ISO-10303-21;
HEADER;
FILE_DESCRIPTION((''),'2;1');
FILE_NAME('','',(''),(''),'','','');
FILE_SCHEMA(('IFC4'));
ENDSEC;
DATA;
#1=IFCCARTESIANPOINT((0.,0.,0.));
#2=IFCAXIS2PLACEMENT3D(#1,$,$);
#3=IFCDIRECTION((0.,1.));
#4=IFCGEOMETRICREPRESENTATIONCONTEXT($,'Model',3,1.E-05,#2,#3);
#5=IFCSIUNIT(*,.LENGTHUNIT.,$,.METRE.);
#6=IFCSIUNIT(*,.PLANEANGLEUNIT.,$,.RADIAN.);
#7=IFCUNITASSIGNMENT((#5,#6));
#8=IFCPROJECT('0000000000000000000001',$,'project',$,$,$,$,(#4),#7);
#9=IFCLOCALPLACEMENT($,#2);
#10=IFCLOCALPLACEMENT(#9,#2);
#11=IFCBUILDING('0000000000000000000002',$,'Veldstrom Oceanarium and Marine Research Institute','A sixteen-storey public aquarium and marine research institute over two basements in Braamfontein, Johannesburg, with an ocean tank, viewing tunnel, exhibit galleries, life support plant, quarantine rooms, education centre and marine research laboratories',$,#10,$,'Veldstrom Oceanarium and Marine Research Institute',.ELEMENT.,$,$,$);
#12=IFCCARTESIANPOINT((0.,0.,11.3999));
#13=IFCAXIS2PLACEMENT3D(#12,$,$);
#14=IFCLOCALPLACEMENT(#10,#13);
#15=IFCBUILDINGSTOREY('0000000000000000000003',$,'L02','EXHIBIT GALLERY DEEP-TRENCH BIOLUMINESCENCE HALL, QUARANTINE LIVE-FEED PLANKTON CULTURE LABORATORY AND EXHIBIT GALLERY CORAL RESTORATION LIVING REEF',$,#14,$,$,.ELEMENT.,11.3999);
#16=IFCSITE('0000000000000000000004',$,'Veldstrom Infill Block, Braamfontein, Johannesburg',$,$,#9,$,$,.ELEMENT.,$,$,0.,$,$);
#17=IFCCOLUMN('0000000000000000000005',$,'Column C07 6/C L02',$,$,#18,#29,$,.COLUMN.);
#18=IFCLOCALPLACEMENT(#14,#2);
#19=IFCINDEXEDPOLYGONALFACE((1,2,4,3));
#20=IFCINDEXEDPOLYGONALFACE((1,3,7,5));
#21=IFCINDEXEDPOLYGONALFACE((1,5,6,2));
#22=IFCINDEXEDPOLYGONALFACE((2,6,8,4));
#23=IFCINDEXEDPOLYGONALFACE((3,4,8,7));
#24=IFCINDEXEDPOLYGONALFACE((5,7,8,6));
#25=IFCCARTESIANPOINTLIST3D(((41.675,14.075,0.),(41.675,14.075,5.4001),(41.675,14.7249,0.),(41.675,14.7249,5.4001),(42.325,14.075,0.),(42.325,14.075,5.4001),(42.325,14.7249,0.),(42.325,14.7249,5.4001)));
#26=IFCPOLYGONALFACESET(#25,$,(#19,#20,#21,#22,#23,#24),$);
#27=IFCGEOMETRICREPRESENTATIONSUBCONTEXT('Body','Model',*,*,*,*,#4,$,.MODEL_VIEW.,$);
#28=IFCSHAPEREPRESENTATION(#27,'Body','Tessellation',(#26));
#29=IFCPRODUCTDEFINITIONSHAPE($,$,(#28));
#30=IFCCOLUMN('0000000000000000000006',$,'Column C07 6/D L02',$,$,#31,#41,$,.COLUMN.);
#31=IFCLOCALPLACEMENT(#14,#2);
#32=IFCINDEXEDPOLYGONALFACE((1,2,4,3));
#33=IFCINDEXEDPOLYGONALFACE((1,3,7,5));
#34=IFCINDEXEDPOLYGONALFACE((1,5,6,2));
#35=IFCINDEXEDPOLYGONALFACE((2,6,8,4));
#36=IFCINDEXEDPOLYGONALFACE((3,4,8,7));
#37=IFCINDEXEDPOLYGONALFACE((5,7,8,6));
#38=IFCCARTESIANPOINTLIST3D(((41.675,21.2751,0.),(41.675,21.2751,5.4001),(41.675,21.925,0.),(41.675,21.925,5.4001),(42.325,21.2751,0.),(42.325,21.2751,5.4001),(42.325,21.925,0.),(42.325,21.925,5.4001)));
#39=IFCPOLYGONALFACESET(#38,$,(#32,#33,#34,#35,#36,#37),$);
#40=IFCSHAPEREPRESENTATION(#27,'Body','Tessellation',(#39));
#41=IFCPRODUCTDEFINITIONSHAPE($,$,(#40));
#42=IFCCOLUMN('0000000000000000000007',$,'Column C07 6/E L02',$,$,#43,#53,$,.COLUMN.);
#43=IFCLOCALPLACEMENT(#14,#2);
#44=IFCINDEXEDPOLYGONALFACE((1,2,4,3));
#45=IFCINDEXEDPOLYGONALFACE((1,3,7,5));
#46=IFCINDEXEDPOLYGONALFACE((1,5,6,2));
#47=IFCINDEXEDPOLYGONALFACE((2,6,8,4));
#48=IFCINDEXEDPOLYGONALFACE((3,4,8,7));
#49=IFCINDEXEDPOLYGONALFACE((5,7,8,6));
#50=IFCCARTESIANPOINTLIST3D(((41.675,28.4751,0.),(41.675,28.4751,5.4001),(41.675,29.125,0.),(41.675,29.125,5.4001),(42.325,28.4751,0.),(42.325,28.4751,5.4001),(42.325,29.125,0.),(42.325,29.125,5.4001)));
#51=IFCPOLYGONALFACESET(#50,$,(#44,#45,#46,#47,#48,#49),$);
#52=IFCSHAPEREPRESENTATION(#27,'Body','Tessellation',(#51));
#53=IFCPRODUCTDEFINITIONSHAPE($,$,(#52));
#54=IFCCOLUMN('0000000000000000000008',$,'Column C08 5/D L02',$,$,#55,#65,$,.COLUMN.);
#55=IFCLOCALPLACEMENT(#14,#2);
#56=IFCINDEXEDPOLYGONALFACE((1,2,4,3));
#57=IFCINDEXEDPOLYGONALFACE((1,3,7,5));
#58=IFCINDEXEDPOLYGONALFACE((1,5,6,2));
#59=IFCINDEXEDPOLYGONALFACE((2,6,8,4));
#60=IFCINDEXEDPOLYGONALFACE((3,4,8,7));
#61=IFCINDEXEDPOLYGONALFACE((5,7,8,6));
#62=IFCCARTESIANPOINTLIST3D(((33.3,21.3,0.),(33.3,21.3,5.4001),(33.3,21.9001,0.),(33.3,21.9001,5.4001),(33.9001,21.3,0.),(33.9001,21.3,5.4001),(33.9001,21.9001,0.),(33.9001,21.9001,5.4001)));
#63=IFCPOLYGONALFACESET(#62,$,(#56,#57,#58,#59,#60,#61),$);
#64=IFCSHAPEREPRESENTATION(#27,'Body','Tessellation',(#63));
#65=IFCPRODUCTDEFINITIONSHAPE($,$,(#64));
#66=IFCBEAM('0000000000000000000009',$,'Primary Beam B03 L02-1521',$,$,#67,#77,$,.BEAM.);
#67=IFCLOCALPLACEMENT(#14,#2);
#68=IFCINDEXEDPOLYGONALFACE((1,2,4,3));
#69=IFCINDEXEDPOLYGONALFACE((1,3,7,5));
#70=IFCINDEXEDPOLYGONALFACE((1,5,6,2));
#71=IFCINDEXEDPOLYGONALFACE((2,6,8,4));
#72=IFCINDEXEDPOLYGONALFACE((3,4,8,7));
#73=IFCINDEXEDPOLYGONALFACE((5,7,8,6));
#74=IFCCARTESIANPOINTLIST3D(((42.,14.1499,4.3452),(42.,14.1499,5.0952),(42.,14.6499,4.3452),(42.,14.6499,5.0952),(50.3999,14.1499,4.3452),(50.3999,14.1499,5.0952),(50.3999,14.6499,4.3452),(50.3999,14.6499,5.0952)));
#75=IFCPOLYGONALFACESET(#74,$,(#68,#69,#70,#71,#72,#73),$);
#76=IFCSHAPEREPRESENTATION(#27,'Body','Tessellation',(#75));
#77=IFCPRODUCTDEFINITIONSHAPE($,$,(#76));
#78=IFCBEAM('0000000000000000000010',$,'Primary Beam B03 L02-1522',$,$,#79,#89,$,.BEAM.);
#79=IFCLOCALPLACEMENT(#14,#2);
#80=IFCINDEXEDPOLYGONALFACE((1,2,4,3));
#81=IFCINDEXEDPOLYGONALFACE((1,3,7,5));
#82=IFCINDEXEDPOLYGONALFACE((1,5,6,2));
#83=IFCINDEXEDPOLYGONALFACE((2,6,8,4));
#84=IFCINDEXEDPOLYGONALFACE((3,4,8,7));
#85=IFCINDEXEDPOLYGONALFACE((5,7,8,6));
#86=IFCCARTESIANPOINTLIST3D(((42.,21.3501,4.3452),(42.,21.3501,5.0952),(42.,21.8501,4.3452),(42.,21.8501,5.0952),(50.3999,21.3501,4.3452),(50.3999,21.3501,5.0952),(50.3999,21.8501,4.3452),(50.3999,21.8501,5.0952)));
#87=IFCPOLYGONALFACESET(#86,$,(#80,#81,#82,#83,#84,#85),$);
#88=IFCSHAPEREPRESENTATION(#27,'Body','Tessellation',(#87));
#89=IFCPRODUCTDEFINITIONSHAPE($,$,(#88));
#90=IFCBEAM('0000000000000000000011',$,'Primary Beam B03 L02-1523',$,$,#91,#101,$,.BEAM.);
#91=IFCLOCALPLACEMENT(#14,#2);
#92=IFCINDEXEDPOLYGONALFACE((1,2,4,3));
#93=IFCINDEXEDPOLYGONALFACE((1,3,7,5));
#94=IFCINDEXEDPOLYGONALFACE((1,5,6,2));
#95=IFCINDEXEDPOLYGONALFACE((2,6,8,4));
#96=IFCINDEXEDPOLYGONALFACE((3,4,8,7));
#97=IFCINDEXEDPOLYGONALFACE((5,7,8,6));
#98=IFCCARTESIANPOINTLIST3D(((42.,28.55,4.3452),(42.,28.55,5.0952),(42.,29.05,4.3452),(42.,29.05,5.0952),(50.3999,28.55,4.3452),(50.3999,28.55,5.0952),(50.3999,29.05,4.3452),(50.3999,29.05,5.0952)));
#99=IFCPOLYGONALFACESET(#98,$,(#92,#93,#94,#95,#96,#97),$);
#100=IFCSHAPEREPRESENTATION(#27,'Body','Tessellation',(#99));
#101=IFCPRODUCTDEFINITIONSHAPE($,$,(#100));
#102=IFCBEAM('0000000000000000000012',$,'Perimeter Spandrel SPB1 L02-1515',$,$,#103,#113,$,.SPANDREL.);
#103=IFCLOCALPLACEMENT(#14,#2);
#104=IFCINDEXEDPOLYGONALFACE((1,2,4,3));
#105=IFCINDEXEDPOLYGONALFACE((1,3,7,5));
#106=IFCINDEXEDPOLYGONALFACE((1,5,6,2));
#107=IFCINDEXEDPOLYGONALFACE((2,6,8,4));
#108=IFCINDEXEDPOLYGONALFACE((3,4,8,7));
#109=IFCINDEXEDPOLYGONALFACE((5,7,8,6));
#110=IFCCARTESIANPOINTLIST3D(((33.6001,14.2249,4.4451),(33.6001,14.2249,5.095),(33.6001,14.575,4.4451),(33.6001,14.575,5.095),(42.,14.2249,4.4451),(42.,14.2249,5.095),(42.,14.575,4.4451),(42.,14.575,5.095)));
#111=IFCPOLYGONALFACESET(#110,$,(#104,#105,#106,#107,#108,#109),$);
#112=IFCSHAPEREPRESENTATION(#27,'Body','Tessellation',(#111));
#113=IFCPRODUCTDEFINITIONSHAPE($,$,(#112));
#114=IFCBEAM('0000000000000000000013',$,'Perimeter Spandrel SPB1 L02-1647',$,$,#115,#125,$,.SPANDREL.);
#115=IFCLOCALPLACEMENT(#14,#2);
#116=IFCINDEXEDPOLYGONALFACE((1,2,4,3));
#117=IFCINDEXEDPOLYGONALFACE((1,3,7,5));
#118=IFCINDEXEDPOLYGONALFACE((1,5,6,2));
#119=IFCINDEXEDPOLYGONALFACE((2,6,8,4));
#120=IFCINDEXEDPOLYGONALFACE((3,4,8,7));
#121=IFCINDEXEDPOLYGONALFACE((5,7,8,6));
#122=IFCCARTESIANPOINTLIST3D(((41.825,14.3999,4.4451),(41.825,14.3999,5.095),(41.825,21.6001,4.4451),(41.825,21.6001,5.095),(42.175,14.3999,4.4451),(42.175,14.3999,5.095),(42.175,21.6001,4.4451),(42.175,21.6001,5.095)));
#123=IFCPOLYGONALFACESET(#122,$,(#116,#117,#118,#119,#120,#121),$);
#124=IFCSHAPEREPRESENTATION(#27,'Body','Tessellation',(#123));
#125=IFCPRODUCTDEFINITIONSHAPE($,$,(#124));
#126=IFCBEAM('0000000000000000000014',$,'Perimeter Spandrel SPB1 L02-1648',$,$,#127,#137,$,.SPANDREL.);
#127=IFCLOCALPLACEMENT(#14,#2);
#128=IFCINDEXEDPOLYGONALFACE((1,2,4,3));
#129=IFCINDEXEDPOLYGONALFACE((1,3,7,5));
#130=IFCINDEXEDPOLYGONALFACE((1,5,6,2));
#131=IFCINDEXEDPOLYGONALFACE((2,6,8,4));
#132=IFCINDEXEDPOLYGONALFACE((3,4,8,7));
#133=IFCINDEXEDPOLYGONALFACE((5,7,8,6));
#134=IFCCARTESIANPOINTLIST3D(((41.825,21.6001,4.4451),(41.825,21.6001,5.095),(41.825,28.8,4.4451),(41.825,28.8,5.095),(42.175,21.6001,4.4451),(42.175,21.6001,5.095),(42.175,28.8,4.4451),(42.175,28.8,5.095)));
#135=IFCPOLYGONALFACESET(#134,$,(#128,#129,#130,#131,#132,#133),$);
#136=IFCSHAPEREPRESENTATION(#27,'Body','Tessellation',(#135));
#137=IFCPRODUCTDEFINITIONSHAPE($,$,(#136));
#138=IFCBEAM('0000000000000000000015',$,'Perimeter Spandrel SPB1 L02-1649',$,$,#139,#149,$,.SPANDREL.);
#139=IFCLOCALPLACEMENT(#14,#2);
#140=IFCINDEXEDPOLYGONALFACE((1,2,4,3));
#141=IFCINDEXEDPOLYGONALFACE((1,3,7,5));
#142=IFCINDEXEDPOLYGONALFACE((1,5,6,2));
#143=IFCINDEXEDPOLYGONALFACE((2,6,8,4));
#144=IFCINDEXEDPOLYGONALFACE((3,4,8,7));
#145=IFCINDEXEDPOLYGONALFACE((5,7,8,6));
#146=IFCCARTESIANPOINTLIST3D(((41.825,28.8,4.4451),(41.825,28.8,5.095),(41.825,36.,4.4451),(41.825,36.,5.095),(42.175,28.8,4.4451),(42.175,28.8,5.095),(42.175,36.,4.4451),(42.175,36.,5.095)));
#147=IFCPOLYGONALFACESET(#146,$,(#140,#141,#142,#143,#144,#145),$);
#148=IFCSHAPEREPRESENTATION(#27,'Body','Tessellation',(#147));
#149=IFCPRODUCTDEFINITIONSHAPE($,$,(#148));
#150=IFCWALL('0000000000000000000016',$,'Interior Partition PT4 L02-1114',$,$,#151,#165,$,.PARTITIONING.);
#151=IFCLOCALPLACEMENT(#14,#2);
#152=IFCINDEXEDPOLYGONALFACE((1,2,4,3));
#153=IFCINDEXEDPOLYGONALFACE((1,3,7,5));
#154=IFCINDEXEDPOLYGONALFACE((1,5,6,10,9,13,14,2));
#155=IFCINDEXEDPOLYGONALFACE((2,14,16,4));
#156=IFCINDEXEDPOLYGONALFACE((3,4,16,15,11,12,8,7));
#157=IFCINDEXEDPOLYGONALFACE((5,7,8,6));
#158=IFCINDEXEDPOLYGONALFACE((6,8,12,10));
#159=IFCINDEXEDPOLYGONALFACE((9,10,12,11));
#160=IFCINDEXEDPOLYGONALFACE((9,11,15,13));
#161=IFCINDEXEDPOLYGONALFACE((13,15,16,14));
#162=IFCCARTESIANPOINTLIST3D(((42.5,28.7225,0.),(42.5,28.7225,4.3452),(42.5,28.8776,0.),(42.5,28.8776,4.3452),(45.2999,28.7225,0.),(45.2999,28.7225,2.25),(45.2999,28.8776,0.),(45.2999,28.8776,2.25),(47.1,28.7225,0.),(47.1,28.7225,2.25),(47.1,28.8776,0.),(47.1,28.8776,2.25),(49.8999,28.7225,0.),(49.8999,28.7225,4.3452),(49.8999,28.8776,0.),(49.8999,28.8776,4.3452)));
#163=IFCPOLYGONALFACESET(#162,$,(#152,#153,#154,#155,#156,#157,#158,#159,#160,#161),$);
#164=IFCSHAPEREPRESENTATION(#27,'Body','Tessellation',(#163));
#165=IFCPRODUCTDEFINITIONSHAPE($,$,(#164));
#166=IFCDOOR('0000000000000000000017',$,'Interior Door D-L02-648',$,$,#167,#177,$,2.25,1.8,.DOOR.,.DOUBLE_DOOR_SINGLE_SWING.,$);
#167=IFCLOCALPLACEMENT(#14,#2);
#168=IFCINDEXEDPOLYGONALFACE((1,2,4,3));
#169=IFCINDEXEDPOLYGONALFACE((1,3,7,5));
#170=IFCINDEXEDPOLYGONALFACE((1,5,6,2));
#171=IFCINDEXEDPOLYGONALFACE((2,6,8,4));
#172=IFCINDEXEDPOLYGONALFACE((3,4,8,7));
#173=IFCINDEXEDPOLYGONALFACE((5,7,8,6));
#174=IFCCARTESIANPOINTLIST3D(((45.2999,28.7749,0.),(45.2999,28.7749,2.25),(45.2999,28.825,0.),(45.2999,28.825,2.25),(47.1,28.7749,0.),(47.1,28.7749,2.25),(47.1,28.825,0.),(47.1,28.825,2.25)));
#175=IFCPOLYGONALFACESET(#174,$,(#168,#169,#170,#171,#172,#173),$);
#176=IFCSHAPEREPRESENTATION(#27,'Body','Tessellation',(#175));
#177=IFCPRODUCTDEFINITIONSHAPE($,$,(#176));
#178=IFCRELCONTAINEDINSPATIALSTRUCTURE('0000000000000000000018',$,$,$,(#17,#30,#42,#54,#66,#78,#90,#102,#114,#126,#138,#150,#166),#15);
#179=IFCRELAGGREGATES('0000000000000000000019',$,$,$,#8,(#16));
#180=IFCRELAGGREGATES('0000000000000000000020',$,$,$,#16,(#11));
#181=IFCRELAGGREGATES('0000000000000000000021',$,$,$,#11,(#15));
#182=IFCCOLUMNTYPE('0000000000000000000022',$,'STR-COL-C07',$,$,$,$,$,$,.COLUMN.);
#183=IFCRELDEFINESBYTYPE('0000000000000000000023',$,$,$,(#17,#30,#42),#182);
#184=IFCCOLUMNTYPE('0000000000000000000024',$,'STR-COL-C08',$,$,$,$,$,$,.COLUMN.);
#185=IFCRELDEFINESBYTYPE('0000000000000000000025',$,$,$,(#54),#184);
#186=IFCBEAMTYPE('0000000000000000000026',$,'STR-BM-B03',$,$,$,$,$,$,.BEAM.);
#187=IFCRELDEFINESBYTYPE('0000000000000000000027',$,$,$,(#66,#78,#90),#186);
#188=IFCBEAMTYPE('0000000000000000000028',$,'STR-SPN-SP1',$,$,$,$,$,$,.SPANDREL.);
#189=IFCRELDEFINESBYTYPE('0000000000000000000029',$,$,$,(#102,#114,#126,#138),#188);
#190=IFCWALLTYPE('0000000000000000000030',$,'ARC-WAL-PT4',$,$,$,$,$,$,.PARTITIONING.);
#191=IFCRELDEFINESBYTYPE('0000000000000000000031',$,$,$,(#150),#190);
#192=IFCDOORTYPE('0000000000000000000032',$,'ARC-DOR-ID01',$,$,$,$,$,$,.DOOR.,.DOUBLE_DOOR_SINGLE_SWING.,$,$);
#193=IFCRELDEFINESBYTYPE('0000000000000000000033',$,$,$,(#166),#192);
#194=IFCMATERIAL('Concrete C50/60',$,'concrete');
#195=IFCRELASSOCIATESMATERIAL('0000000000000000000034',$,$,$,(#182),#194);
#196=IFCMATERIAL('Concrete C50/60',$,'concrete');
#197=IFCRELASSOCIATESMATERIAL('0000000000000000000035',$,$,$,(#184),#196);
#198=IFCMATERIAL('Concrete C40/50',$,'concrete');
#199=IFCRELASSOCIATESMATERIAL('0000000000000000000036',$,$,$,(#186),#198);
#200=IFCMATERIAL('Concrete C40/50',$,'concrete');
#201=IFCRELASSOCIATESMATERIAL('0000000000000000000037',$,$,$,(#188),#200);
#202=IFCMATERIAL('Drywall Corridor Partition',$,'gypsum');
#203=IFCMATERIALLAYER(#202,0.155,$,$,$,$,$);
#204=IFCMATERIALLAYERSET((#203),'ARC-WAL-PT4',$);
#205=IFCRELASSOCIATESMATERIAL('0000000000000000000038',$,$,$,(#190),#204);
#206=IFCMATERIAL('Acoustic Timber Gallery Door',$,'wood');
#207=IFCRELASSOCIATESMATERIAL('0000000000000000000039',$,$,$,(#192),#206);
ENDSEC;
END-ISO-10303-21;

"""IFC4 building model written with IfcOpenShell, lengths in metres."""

from ifc_helpers import new_model, si_unit, direction, frame, frame_2d, origin, origin_2d, place, context, subcontext, project, spatial, rectangle, extrude, material, layer, layer_set, material_profile, profile_set, type_object, element, fill, save


model = new_model("IFC4")

# Units and contexts
model_context = context("Model", 3, precision=1e-05, world=origin(), true_north=direction((0.0, 1.0)))
body_context = subcontext(model_context, "Body", "Model", "MODEL_VIEW")
ifc_project = project(units=[si_unit("LENGTHUNIT", "METRE"), si_unit("PLANEANGLEUNIT", "RADIAN")], contexts=[model_context])

# Site, building, storey
site_placement = place(None, origin())
site = spatial("IfcSite", under=ifc_project, at=site_placement, Name="Veldstrom Infill Block, Braamfontein, Johannesburg", CompositionType="ELEMENT", RefElevation=0.0)
building_placement = place(site_placement, origin())
building = spatial("IfcBuilding", under=site, at=building_placement, Name="Veldstrom Oceanarium and Marine Research Institute", Description="A sixteen-storey public aquarium and marine research institute over two basements in Braamfontein, Johannesburg, with an ocean tank, viewing tunnel, exhibit galleries, life support plant, quarantine rooms, education centre and marine research laboratories", LongName="Veldstrom Oceanarium and Marine Research Institute", CompositionType="ELEMENT")
storey_placement = place(building_placement, frame((0.0, 0.0, 11.3999)))
storey = spatial("IfcBuildingStorey", under=building, at=storey_placement, Name="L02", Description="EXHIBIT GALLERY DEEP-TRENCH BIOLUMINESCENCE HALL, QUARANTINE LIVE-FEED PLANKTON CULTURE LABORATORY AND EXHIBIT GALLERY CORAL RESTORATION LIVING REEF", CompositionType="ELEMENT", Elevation=11.3999)

# Columns
ifc_material_1 = material(Name="Concrete C50/60", Category="concrete")
ifc_material_profile_1 = material_profile(ifc_material_1, rectangle(XDim=0.6499, YDim=0.6499, at=origin_2d()), Name="RC-COL-650x650")
ifc_profile_set_1 = profile_set([ifc_material_profile_1], Name="Concrete C50/60")
column_type_1 = type_object("IfcColumnType", Name="STR-COL-C07", PredefinedType="COLUMN", material=ifc_profile_set_1)
for number, where, z_axis, x_axis, name in (
    (1, (42.0, 14.3999, 0.0), (0.0, 0.0, 1.0), (1.0, 0.0, 0.0), "Column C07 6/C L02"),
    (2, (42.0, 21.6001, 0.0), (0.0, 0.0, 1.0), (1.0, 0.0, 0.0), "Column C07 6/D L02"),
    (3, (42.0, 28.8, 0.0), (0.0, 0.0, 1.0), (1.0, 0.0, 0.0), "Column C07 6/E L02"),
):
    element("IfcColumn", number, at=place(storey_placement, frame(where, z_axis=z_axis, x_axis=x_axis)), inside=storey, type_object=column_type_1, Name=name, PredefinedType="COLUMN", context=body_context, shape_type="SweptSolid", body=[
        extrude(rectangle(XDim=0.6499, YDim=0.6499, at=origin_2d()), origin(), (0.0, 0.0, 1.0), 5.4001),
    ])
ifc_material_2 = material(Name="Concrete C50/60", Category="concrete")
ifc_material_profile_2 = material_profile(ifc_material_2, rectangle(XDim=0.6001, YDim=0.6001, at=origin_2d()), Name="RC-COL-600x600")
ifc_profile_set_2 = profile_set([ifc_material_profile_2], Name="Concrete C50/60")
column_type_2 = type_object("IfcColumnType", Name="STR-COL-C08", PredefinedType="COLUMN", material=ifc_profile_set_2)
column_placement = place(storey_placement, frame((33.6001, 21.6001, 0.0), z_axis=(0.0, 0.0, 1.0), x_axis=(1.0, 0.0, 0.0)))
element("IfcColumn", 4, at=column_placement, inside=storey, type_object=column_type_2, Name="Column C08 5/D L02", PredefinedType="COLUMN", context=body_context, shape_type="SweptSolid", body=[
    extrude(rectangle(XDim=0.6001, YDim=0.6001, at=origin_2d()), origin(), (0.0, 0.0, 1.0), 5.4001),
])

# Beams
ifc_material_3 = material(Name="Concrete C40/50", Category="concrete")
ifc_material_profile_3 = material_profile(ifc_material_3, rectangle(XDim=0.5, YDim=0.75, at=origin_2d()), Name="RC-BM-500x750")
ifc_profile_set_3 = profile_set([ifc_material_profile_3], Name="Concrete C40/50")
beam_type_1 = type_object("IfcBeamType", Name="STR-BM-B03", PredefinedType="BEAM", material=ifc_profile_set_3)
for number, where, z_axis, x_axis, name in (
    (5, (42.0, 14.3999, 4.7202), (1.0, 0.0, 0.0), (0.0, 1.0, 0.0), "Primary Beam B03 L02-1521"),
    (6, (42.0, 21.6001, 4.7202), (1.0, 0.0, 0.0), (0.0, 1.0, 0.0), "Primary Beam B03 L02-1522"),
    (7, (42.0, 28.8, 4.7202), (1.0, 0.0, 0.0), (0.0, 1.0, 0.0), "Primary Beam B03 L02-1523"),
):
    element("IfcBeam", number, at=place(storey_placement, frame(where, z_axis=z_axis, x_axis=x_axis)), inside=storey, type_object=beam_type_1, Name=name, PredefinedType="BEAM", context=body_context, shape_type="SweptSolid", body=[
        extrude(rectangle(XDim=0.5, YDim=0.75, at=origin_2d()), origin(), (0.0, 0.0, 1.0), 8.3999),
    ])
ifc_material_4 = material(Name="Concrete C40/50", Category="concrete")
ifc_material_profile_4 = material_profile(ifc_material_4, rectangle(XDim=0.3501, YDim=0.6499, at=origin_2d()), Name="RC-SPN-350x650")
ifc_profile_set_4 = profile_set([ifc_material_profile_4], Name="Concrete C40/50")
beam_type_2 = type_object("IfcBeamType", Name="STR-SPN-SP1", PredefinedType="SPANDREL", material=ifc_profile_set_4)
beam_1_placement = place(storey_placement, frame((33.6001, 14.3999, 4.77), z_axis=(1.0, 0.0, 0.0), x_axis=(0.0, 1.0, 0.0)))
element("IfcBeam", 8, at=beam_1_placement, inside=storey, type_object=beam_type_2, Name="Perimeter Spandrel SPB1 L02-1515", PredefinedType="SPANDREL", context=body_context, shape_type="SweptSolid", body=[
    extrude(rectangle(XDim=0.3501, YDim=0.6499, at=origin_2d()), origin(), (0.0, 0.0, 1.0), 8.3999),
])
beam_2_placement = place(storey_placement, frame((42.0, 14.3999, 4.77), z_axis=(0.0, 1.0, 0.0), x_axis=(-1.0, 0.0, 0.0)))
element("IfcBeam", 9, at=beam_2_placement, inside=storey, type_object=beam_type_2, Name="Perimeter Spandrel SPB1 L02-1647", PredefinedType="SPANDREL", context=body_context, shape_type="SweptSolid", body=[
    extrude(rectangle(XDim=0.3501, YDim=0.6499, at=origin_2d()), origin(), (0.0, 0.0, 1.0), 7.2002),
])
for number, where, z_axis, x_axis, name in (
    (10, (42.0, 21.6001, 4.77), (0.0, 1.0, 0.0), (-1.0, 0.0, 0.0), "Perimeter Spandrel SPB1 L02-1648"),
    (11, (42.0, 28.8, 4.77), (0.0, 1.0, 0.0), (-1.0, 0.0, 0.0), "Perimeter Spandrel SPB1 L02-1649"),
):
    element("IfcBeam", number, at=place(storey_placement, frame(where, z_axis=z_axis, x_axis=x_axis)), inside=storey, type_object=beam_type_2, Name=name, PredefinedType="SPANDREL", context=body_context, shape_type="SweptSolid", body=[
        extrude(rectangle(XDim=0.3501, YDim=0.6499, at=origin_2d()), origin(), (0.0, 0.0, 1.0), 7.2),
    ])

# Wall, opening, door
ifc_material_5 = material(Name="Drywall Corridor Partition", Category="gypsum")
ifc_layer_1 = layer(ifc_material_5, 0.155)
ifc_layer_set_1 = layer_set([ifc_layer_1], Name="ARC-WAL-PT4")
wall_type_1 = type_object("IfcWallType", Name="ARC-WAL-PT4", PredefinedType="PARTITIONING", material=ifc_layer_set_1)
wall_1_placement = place(storey_placement, frame((42.5, 28.8, 0.0), z_axis=(0.0, 0.0, 1.0), x_axis=(1.0, 0.0, 0.0)))
wall_1 = element("IfcWall", 12, at=wall_1_placement, inside=storey, type_object=wall_type_1, Name="Interior Partition PT4 L02-1114", PredefinedType="PARTITIONING", context=body_context, shape_type="SweptSolid", body=[
    extrude(rectangle(XDim=7.3999, YDim=0.155, at=frame_2d((3.7, 0.0))), origin(), (0.0, 0.0, 1.0), 4.3452),
])
opening_1_placement = place(wall_1_placement, frame((2.8, 0.0, 0.0)))
opening_1 = element("IfcOpeningElement", 13, at=opening_1_placement, cuts=wall_1, PredefinedType="OPENING", context=body_context, shape_type="SweptSolid", body=[
    extrude(rectangle(XDim=1.8, YDim=2.25, at=frame_2d((0.8999, 1.125))), frame((0.0, 0.0874, 0.0), z_axis=(0.0, -1.0, 0.0), x_axis=(1.0, 0.0, 0.0)), (0.0, 0.0, 1.0), 0.175),
])
ifc_material_6 = material(Name="Acoustic Timber Gallery Door", Category="wood")
door_type_1 = type_object("IfcDoorType", Name="ARC-DOR-ID01", OperationType="DOUBLE_DOOR_SINGLE_SWING", PredefinedType="DOOR", material=ifc_material_6)
door_1_placement = place(opening_1_placement, origin())
door_1 = element("IfcDoor", 14, at=door_1_placement, inside=storey, type_object=door_type_1, Name="Interior Door D-L02-648", OperationType="DOUBLE_DOOR_SINGLE_SWING", OverallHeight=2.25, OverallWidth=1.8, PredefinedType="DOOR", context=body_context, shape_type="SweptSolid", body=[
    extrude(rectangle(XDim=1.8, YDim=2.25, at=frame_2d((0.8999, 1.125))), frame((0.0, 0.0249, 0.0), z_axis=(0.0, -1.0, 0.0), x_axis=(1.0, 0.0, 0.0)), (0.0, 0.0, 1.0), 0.05),
])
fill(opening_1, door_1)

save(model, "model.ifc")
